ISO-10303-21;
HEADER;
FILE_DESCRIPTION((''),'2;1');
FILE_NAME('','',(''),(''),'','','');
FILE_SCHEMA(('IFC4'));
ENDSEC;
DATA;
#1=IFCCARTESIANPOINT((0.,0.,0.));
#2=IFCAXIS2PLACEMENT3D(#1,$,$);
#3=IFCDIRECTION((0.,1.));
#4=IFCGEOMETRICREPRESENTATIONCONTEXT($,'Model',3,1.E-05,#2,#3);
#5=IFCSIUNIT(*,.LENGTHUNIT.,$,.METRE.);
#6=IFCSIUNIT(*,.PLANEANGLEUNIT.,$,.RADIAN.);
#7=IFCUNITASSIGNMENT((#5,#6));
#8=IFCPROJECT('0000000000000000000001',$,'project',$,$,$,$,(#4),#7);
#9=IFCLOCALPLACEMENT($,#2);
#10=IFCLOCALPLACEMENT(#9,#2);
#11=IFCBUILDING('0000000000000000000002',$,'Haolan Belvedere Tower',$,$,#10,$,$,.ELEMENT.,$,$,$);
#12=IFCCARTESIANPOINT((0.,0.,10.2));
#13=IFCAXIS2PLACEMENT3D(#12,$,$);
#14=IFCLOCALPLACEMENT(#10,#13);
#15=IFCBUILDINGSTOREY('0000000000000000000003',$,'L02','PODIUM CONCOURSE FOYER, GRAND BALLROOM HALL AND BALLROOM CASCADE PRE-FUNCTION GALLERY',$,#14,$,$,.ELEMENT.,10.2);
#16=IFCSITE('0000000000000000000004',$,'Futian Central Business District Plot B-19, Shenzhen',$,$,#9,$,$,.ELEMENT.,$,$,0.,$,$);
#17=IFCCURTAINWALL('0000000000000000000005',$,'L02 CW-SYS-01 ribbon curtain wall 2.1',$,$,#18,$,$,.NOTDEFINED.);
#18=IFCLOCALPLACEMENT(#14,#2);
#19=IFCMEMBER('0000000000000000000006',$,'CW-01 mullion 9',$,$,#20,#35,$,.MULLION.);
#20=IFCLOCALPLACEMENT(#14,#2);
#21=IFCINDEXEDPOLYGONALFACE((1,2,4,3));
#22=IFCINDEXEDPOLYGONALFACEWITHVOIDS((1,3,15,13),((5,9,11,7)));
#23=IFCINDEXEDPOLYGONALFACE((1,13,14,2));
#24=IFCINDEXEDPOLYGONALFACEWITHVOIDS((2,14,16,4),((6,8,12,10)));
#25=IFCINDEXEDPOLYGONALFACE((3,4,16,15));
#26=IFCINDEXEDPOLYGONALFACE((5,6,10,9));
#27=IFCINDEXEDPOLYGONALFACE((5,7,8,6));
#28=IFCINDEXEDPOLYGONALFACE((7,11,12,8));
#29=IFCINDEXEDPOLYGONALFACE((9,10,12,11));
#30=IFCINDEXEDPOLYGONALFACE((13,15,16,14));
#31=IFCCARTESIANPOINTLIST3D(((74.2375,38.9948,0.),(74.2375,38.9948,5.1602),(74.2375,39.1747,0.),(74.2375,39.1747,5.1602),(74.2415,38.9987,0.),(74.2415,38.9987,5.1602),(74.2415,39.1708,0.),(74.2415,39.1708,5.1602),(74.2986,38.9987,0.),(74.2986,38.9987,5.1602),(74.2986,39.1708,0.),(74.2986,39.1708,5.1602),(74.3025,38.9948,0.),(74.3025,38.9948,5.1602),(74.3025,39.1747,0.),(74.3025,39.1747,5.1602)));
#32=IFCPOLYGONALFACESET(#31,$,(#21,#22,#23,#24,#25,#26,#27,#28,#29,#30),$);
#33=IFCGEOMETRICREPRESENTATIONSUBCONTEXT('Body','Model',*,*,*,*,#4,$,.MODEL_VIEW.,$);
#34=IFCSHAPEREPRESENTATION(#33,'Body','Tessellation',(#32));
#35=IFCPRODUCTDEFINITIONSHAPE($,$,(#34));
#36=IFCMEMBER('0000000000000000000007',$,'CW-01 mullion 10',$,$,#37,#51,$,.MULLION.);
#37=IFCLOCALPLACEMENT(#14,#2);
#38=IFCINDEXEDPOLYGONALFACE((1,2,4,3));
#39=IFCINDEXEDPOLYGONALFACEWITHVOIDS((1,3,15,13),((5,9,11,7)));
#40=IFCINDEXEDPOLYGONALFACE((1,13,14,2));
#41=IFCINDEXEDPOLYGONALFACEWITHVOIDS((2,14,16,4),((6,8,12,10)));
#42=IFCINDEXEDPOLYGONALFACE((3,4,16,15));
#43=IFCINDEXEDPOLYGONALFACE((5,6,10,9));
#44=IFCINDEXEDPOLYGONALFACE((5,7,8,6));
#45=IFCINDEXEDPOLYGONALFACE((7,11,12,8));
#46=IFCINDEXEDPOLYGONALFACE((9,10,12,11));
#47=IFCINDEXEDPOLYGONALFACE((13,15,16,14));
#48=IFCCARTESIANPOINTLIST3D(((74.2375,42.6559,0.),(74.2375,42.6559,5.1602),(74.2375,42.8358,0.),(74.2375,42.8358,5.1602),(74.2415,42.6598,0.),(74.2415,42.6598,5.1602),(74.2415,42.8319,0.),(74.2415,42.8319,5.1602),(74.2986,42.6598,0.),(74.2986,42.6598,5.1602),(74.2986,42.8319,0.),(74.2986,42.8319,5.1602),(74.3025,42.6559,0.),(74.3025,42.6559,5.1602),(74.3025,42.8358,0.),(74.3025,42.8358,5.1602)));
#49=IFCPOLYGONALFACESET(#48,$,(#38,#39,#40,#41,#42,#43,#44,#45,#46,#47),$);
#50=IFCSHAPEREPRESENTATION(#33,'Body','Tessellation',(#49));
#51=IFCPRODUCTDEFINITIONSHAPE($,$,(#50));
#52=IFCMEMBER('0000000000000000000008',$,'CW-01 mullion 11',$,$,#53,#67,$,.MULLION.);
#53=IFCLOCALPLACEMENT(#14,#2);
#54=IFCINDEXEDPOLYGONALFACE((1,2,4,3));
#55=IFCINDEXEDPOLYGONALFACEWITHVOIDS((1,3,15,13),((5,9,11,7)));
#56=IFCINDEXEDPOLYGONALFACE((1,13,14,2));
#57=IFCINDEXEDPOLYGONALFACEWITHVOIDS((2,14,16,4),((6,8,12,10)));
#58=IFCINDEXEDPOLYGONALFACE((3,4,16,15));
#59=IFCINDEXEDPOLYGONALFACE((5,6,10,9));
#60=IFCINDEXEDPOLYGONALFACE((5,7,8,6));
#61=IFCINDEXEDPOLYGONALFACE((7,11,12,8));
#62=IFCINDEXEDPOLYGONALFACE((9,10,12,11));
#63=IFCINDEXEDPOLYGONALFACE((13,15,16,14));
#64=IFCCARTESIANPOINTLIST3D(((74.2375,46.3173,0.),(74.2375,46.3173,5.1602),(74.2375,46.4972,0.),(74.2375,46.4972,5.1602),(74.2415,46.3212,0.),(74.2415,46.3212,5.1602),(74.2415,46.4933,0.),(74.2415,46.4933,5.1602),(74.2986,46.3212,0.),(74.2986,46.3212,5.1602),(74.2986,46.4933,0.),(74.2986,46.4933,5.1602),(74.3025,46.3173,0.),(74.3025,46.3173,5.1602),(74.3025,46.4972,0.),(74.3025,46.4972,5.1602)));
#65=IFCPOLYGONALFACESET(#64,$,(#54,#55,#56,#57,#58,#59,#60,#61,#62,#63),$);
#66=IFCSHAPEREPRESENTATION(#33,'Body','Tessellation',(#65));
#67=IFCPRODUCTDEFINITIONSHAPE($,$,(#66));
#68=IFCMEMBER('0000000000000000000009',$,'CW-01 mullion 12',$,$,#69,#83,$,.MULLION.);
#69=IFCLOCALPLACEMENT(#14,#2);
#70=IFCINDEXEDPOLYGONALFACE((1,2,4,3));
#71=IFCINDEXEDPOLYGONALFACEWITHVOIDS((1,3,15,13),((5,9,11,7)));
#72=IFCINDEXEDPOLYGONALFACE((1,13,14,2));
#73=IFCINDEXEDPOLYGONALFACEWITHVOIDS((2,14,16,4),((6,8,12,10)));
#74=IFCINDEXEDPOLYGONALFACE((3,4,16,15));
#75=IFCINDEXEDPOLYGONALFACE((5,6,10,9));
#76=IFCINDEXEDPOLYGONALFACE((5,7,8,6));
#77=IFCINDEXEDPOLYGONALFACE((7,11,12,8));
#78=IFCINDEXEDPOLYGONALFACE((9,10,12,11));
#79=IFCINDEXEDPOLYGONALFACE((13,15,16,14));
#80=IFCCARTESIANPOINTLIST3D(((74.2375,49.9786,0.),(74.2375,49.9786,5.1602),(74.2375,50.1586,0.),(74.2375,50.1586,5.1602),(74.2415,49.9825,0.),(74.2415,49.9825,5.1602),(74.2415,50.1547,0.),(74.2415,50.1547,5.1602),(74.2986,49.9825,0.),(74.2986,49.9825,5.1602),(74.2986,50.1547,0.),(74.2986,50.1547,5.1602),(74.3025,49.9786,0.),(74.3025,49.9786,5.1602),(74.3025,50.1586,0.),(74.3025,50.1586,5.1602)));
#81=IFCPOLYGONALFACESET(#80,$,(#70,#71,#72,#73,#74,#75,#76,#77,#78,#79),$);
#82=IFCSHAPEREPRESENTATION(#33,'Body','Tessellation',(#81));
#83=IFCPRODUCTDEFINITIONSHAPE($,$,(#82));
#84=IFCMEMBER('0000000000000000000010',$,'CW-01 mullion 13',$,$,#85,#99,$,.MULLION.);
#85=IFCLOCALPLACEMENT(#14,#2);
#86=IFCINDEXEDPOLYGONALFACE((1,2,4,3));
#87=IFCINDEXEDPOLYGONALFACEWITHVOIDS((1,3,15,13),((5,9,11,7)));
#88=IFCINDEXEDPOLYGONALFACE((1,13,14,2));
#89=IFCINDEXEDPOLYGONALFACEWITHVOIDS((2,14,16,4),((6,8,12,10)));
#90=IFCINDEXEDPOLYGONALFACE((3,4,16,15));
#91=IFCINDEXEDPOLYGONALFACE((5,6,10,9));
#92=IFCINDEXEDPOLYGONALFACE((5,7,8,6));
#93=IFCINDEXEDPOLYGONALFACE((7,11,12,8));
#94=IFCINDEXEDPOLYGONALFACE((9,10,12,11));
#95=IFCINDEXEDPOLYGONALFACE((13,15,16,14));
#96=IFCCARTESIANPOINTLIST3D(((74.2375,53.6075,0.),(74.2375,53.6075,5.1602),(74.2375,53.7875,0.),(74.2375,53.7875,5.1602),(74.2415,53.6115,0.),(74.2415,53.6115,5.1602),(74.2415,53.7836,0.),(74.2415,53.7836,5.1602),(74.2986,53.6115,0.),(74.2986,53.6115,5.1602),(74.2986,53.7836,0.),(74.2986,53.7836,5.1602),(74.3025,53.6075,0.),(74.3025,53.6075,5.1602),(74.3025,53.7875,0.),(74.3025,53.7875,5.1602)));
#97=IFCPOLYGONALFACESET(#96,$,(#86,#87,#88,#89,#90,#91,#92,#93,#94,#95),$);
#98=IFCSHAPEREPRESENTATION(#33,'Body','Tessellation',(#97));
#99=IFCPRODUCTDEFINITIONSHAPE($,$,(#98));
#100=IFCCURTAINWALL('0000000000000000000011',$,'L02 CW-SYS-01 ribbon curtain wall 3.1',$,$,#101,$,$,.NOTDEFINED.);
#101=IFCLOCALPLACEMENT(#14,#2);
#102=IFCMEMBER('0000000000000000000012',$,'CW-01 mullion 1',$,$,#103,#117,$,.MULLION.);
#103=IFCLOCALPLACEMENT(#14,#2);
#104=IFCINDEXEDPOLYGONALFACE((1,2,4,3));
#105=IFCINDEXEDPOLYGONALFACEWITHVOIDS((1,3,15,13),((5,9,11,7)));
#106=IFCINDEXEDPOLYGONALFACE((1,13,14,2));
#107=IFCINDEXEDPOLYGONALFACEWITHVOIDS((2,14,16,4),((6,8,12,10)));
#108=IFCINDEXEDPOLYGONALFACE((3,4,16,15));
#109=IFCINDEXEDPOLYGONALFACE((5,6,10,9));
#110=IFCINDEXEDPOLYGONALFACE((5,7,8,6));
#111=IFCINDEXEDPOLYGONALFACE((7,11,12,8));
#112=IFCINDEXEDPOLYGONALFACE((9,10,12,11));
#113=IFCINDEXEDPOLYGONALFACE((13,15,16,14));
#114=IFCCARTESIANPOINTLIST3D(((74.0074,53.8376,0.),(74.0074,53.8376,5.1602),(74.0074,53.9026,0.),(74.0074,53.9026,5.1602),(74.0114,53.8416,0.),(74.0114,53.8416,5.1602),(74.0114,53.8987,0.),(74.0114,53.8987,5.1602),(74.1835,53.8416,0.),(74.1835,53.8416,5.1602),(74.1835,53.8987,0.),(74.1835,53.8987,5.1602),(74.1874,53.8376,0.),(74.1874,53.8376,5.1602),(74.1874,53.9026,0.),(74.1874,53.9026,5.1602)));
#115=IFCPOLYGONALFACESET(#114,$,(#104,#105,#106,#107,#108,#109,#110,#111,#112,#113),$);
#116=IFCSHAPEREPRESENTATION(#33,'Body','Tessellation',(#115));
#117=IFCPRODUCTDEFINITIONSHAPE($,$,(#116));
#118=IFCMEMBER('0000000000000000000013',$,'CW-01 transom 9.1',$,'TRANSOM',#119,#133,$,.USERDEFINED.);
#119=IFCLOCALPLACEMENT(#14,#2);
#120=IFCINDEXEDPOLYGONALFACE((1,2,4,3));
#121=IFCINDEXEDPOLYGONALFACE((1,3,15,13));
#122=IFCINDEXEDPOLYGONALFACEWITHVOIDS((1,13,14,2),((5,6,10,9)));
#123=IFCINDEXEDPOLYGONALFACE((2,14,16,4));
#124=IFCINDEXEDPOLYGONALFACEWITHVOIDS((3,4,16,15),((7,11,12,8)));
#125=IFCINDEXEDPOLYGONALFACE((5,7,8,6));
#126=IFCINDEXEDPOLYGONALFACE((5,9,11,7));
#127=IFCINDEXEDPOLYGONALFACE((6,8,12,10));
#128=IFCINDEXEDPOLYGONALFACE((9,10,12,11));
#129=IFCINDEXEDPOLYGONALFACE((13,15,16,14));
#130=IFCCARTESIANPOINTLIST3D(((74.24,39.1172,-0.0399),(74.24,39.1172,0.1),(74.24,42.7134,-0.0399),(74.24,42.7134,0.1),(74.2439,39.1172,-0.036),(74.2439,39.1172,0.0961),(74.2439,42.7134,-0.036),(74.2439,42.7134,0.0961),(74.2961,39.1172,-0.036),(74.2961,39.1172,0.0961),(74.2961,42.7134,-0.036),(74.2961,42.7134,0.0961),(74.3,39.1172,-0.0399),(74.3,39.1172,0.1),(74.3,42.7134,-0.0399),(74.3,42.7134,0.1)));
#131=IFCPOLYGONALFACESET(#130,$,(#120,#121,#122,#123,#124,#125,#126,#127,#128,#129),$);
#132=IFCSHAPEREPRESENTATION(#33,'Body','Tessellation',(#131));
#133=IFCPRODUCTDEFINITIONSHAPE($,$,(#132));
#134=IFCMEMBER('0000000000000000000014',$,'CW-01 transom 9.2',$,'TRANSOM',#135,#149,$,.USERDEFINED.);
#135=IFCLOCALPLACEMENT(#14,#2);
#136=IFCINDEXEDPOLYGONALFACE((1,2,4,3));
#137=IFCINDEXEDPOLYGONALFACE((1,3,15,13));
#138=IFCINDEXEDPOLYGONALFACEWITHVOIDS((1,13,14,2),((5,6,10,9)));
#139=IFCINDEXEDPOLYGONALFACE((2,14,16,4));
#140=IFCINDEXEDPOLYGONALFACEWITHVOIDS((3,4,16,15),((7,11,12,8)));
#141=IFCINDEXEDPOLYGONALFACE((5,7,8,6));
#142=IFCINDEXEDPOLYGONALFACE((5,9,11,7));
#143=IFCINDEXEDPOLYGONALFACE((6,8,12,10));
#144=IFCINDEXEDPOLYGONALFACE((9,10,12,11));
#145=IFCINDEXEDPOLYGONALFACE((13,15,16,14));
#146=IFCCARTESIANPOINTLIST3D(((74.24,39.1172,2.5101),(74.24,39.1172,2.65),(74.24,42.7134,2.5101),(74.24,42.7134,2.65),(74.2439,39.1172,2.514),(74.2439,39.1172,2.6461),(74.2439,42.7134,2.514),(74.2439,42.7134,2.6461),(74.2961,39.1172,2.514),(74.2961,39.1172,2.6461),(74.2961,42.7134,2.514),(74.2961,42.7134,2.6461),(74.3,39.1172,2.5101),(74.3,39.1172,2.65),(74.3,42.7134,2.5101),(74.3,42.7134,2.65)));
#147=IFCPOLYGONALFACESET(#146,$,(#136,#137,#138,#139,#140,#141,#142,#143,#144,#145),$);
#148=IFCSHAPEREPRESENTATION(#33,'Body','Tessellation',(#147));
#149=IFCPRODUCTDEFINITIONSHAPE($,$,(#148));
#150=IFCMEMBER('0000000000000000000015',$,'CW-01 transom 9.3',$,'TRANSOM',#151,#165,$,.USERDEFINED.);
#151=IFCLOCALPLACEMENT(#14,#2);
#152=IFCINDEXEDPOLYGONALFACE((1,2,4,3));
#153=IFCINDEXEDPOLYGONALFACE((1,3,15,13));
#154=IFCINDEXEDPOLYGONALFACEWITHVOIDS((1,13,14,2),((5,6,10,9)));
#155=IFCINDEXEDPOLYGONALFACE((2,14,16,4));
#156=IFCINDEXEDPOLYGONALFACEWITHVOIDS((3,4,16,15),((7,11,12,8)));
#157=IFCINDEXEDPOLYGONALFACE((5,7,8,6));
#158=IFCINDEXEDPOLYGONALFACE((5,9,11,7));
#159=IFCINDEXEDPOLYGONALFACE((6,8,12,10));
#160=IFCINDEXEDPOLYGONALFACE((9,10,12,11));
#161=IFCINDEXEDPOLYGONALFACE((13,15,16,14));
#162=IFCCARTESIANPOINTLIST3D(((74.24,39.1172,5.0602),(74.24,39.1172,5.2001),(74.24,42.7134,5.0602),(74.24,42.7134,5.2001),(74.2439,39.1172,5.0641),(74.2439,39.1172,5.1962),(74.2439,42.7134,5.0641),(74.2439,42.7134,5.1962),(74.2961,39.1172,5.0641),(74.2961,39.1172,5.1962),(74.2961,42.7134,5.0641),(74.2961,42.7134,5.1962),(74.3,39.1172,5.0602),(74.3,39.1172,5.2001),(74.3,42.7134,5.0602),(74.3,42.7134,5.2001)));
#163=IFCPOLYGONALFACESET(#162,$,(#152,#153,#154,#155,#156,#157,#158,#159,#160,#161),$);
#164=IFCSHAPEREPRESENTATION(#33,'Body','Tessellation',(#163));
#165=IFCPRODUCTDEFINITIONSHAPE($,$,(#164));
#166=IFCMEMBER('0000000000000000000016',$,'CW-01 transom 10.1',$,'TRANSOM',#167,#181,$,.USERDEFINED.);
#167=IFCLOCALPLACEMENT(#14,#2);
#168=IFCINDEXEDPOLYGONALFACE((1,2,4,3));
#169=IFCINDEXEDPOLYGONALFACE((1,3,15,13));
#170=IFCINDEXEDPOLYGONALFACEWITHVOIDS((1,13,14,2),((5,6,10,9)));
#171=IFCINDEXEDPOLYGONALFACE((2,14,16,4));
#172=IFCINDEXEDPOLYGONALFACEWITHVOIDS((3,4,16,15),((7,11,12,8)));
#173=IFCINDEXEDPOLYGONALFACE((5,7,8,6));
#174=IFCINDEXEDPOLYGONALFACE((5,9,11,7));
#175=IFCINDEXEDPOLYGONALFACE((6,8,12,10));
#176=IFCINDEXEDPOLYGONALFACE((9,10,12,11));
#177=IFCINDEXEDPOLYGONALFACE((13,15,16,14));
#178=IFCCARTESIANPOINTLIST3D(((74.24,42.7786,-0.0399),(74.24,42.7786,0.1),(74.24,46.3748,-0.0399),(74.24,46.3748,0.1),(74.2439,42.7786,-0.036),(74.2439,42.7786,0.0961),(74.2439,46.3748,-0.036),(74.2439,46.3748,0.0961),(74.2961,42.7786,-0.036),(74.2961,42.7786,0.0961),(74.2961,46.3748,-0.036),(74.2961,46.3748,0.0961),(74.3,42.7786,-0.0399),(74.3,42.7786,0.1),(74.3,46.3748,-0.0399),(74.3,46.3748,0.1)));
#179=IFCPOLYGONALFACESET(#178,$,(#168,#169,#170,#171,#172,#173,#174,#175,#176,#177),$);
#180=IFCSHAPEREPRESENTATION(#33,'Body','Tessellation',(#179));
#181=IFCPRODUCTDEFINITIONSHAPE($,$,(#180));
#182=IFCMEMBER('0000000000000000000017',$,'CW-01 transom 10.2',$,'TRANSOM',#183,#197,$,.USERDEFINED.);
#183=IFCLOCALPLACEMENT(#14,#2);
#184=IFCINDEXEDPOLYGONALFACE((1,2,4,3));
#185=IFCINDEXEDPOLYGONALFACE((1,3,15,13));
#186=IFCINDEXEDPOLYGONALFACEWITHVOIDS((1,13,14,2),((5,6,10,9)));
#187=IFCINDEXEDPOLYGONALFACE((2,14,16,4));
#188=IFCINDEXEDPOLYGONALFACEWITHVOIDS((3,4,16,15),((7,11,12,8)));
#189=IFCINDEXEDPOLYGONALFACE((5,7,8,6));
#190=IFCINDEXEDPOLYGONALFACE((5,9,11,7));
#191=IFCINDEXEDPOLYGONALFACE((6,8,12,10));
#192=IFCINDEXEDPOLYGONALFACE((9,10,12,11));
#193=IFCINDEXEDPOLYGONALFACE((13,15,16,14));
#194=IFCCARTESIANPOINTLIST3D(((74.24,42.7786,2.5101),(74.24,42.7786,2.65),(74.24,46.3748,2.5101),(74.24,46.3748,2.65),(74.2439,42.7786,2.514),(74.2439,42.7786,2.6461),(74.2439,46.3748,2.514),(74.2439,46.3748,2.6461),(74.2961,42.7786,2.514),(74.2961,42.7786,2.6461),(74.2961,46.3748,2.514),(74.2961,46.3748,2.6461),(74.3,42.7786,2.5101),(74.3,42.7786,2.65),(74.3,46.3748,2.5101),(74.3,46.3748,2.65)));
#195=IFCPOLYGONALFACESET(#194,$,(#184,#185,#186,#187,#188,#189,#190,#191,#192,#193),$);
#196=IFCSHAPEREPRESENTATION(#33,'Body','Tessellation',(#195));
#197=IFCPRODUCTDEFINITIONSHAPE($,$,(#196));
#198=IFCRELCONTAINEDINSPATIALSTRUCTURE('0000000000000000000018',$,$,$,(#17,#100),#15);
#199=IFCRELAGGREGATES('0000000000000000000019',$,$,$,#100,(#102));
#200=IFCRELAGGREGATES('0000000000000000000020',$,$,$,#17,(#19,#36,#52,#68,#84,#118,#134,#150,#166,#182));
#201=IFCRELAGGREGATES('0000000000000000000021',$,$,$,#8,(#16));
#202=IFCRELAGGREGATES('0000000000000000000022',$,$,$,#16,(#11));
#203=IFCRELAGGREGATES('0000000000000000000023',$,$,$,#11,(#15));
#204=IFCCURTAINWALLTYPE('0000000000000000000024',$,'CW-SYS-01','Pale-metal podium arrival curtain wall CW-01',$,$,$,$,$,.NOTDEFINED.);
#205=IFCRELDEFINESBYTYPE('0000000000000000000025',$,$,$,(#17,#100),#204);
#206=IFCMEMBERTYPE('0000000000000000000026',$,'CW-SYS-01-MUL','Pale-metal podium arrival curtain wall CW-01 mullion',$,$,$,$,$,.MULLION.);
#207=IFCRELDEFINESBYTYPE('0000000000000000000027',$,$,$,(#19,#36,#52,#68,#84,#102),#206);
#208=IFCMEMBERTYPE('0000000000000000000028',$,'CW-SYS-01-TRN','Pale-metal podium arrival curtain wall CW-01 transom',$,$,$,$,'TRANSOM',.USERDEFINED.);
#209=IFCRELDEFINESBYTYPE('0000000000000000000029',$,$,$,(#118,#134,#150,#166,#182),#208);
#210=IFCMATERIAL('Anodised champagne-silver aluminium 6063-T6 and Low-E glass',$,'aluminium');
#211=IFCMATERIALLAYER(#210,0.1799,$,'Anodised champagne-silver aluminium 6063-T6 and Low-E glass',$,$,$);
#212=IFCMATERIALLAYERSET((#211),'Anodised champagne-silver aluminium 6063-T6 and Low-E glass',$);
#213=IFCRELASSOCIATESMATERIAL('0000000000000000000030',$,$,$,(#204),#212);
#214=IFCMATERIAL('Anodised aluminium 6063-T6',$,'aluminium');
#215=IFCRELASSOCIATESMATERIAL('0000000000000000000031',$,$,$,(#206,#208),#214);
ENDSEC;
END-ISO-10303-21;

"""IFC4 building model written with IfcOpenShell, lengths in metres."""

from ifc_helpers import new_model, si_unit, direction, frame, origin, origin_2d, place, context, subcontext, project, spatial, hollow_rectangle, extrude, material, layer, layer_set, material_profile, profile_set, type_object, element, aggregate, save


model = new_model("IFC4")

# Units and contexts
model_context = context("Model", 3, precision=1e-05, world=origin(), true_north=direction((0.0, 1.0)))
body_context = subcontext(model_context, "Body", "Model", "MODEL_VIEW")
ifc_project = project(units=[si_unit("LENGTHUNIT", "METRE"), si_unit("PLANEANGLEUNIT", "RADIAN")], contexts=[model_context])

# Site, building, storey
site_placement = place(None, origin())
site = spatial("IfcSite", under=ifc_project, at=site_placement, Name="Futian Central Business District Plot B-19, Shenzhen", CompositionType="ELEMENT", RefElevation=0.0)
building_placement = place(site_placement, origin())
building = spatial("IfcBuilding", under=site, at=building_placement, Name="Haolan Belvedere Tower", CompositionType="ELEMENT")
storey_placement = place(building_placement, frame((0.0, 0.0, 10.2)))
storey = spatial("IfcBuildingStorey", under=building, at=storey_placement, Name="L02", Description="PODIUM CONCOURSE FOYER, GRAND BALLROOM HALL AND BALLROOM CASCADE PRE-FUNCTION GALLERY", CompositionType="ELEMENT", Elevation=10.2)

# Curtain wall, members
ifc_material_1 = material(Name="Anodised champagne-silver aluminium 6063-T6 and Low-E glass", Category="aluminium")
ifc_layer_1 = layer(ifc_material_1, 0.1799, Name="Anodised champagne-silver aluminium 6063-T6 and Low-E glass")
ifc_layer_set_1 = layer_set([ifc_layer_1], Name="Anodised champagne-silver aluminium 6063-T6 and Low-E glass")
curtain_wall_type = type_object("IfcCurtainWallType", Name="CW-SYS-01", Description="Pale-metal podium arrival curtain wall CW-01", PredefinedType="NOTDEFINED", material=ifc_layer_set_1)
curtain_wall_1_placement = place(storey_placement, origin())
curtain_wall_1 = element("IfcCurtainWall", 1, at=curtain_wall_1_placement, inside=storey, type_object=curtain_wall_type, Name="L02 CW-SYS-01 ribbon curtain wall 2.1", PredefinedType="NOTDEFINED")
ifc_material_2 = material(Name="Anodised aluminium 6063-T6", Category="aluminium")
ifc_material_profile_1 = material_profile(ifc_material_2, hollow_rectangle(XDim=0.0649, YDim=0.1799, WallThickness=0.0039, at=origin_2d()), Name="Anodised aluminium 6063-T6")
ifc_profile_set_1 = profile_set([ifc_material_profile_1], Name="Anodised aluminium 6063-T6")
member_type_1 = type_object("IfcMemberType", Name="CW-SYS-01-MUL", Description="Pale-metal podium arrival curtain wall CW-01 mullion", PredefinedType="MULLION", material=ifc_profile_set_1)
member_1_placement = place(storey_placement, frame((74.27, 39.0847, 0.0), z_axis=(0.0, 0.0, 1.0), x_axis=(-1.0, 0.0, 0.0)))
member_1 = element("IfcMember", 2, at=member_1_placement, type_object=member_type_1, Name="CW-01 mullion 9", PredefinedType="MULLION", context=body_context, shape_type="SweptSolid", body=[
    extrude(hollow_rectangle(XDim=0.0649, YDim=0.1799, WallThickness=0.0039, at=origin_2d()), origin(), (0.0, 0.0, 1.0), 5.1602),
])
member_2_placement = place(storey_placement, frame((74.27, 42.7458, 0.0), z_axis=(0.0, 0.0, 1.0), x_axis=(-1.0, 0.0, 0.0)))
member_2 = element("IfcMember", 3, at=member_2_placement, type_object=member_type_1, Name="CW-01 mullion 10", PredefinedType="MULLION", context=body_context, shape_type="SweptSolid", body=[
    extrude(hollow_rectangle(XDim=0.0649, YDim=0.1799, WallThickness=0.0039, at=origin_2d()), origin(), (0.0, 0.0, 1.0), 5.1602),
])
member_3_placement = place(storey_placement, frame((74.27, 46.4072, 0.0), z_axis=(0.0, 0.0, 1.0), x_axis=(-1.0, 0.0, 0.0)))
member_3 = element("IfcMember", 4, at=member_3_placement, type_object=member_type_1, Name="CW-01 mullion 11", PredefinedType="MULLION", context=body_context, shape_type="SweptSolid", body=[
    extrude(hollow_rectangle(XDim=0.0649, YDim=0.1799, WallThickness=0.0039, at=origin_2d()), origin(), (0.0, 0.0, 1.0), 5.1602),
])
member_4_placement = place(storey_placement, frame((74.27, 50.0686, 0.0), z_axis=(0.0, 0.0, 1.0), x_axis=(-1.0, 0.0, 0.0)))
member_4 = element("IfcMember", 5, at=member_4_placement, type_object=member_type_1, Name="CW-01 mullion 12", PredefinedType="MULLION", context=body_context, shape_type="SweptSolid", body=[
    extrude(hollow_rectangle(XDim=0.0649, YDim=0.1799, WallThickness=0.0039, at=origin_2d()), origin(), (0.0, 0.0, 1.0), 5.1602),
])
member_5_placement = place(storey_placement, frame((74.27, 53.6975, 0.0), z_axis=(0.0, 0.0, 1.0), x_axis=(-1.0, 0.0, 0.0)))
member_5 = element("IfcMember", 6, at=member_5_placement, type_object=member_type_1, Name="CW-01 mullion 13", PredefinedType="MULLION", context=body_context, shape_type="SweptSolid", body=[
    extrude(hollow_rectangle(XDim=0.0649, YDim=0.1799, WallThickness=0.0039, at=origin_2d()), origin(), (0.0, 0.0, 1.0), 5.1602),
])

# Curtain wall, member
curtain_wall_2_placement = place(storey_placement, origin())
curtain_wall_2 = element("IfcCurtainWall", 7, at=curtain_wall_2_placement, inside=storey, type_object=curtain_wall_type, Name="L02 CW-SYS-01 ribbon curtain wall 3.1", PredefinedType="NOTDEFINED")
member_6_placement = place(storey_placement, frame((74.0974, 53.8701, 0.0), z_axis=(0.0, 0.0, 1.0), x_axis=(0.0, -1.0, 0.0)))
member_6 = element("IfcMember", 8, at=member_6_placement, type_object=member_type_1, Name="CW-01 mullion 1", PredefinedType="MULLION", context=body_context, shape_type="SweptSolid", body=[
    extrude(hollow_rectangle(XDim=0.0649, YDim=0.1799, WallThickness=0.0039, at=origin_2d()), origin(), (0.0, 0.0, 1.0), 5.1602),
])

# Members
ifc_material_profile_2 = material_profile(ifc_material_2, hollow_rectangle(XDim=0.0601, YDim=0.1399, WallThickness=0.0039, at=origin_2d()), Name="Anodised aluminium 6063-T6")
ifc_profile_set_2 = profile_set([ifc_material_profile_2], Name="Anodised aluminium 6063-T6")
member_type_2 = type_object("IfcMemberType", Name="CW-SYS-01-TRN", Description="Pale-metal podium arrival curtain wall CW-01 transom", ElementType="TRANSOM", PredefinedType="USERDEFINED", material=ifc_profile_set_2)
member_7_placement = place(storey_placement, frame((74.27, 39.1172, 0.03), z_axis=(0.0, 1.0, 0.0), x_axis=(-1.0, 0.0, 0.0)))
member_7 = element("IfcMember", 9, at=member_7_placement, type_object=member_type_2, Name="CW-01 transom 9.1", ObjectType="TRANSOM", PredefinedType="USERDEFINED", context=body_context, shape_type="SweptSolid", body=[
    extrude(hollow_rectangle(XDim=0.0601, YDim=0.1399, WallThickness=0.0039, at=origin_2d()), origin(), (0.0, 0.0, 1.0), 3.5962),
])
member_8_placement = place(storey_placement, frame((74.27, 39.1172, 2.5801), z_axis=(0.0, 1.0, 0.0), x_axis=(-1.0, 0.0, 0.0)))
member_8 = element("IfcMember", 10, at=member_8_placement, type_object=member_type_2, Name="CW-01 transom 9.2", ObjectType="TRANSOM", PredefinedType="USERDEFINED", context=body_context, shape_type="SweptSolid", body=[
    extrude(hollow_rectangle(XDim=0.0601, YDim=0.1399, WallThickness=0.0039, at=origin_2d()), origin(), (0.0, 0.0, 1.0), 3.5962),
])
member_9_placement = place(storey_placement, frame((74.27, 39.1172, 5.1301), z_axis=(0.0, 1.0, 0.0), x_axis=(-1.0, 0.0, 0.0)))
member_9 = element("IfcMember", 11, at=member_9_placement, type_object=member_type_2, Name="CW-01 transom 9.3", ObjectType="TRANSOM", PredefinedType="USERDEFINED", context=body_context, shape_type="SweptSolid", body=[
    extrude(hollow_rectangle(XDim=0.0601, YDim=0.1399, WallThickness=0.0039, at=origin_2d()), origin(), (0.0, 0.0, 1.0), 3.5962),
])
member_10_placement = place(storey_placement, frame((74.27, 42.7786, 0.03), z_axis=(0.0, 1.0, 0.0), x_axis=(-1.0, 0.0, 0.0)))
member_10 = element("IfcMember", 12, at=member_10_placement, type_object=member_type_2, Name="CW-01 transom 10.1", ObjectType="TRANSOM", PredefinedType="USERDEFINED", context=body_context, shape_type="SweptSolid", body=[
    extrude(hollow_rectangle(XDim=0.0601, YDim=0.1399, WallThickness=0.0039, at=origin_2d()), origin(), (0.0, 0.0, 1.0), 3.5962),
])
member_11_placement = place(storey_placement, frame((74.27, 42.7786, 2.5801), z_axis=(0.0, 1.0, 0.0), x_axis=(-1.0, 0.0, 0.0)))
member_11 = element("IfcMember", 13, at=member_11_placement, type_object=member_type_2, Name="CW-01 transom 10.2", ObjectType="TRANSOM", PredefinedType="USERDEFINED", context=body_context, shape_type="SweptSolid", body=[
    extrude(hollow_rectangle(XDim=0.0601, YDim=0.1399, WallThickness=0.0039, at=origin_2d()), origin(), (0.0, 0.0, 1.0), 3.5962),
])
aggregate(curtain_wall_2, [member_6])

aggregate(curtain_wall_1, [member_1, member_2, member_3, member_4, member_5, member_7, member_8, member_9, member_10, member_11])

save(model, "model.ifc")
